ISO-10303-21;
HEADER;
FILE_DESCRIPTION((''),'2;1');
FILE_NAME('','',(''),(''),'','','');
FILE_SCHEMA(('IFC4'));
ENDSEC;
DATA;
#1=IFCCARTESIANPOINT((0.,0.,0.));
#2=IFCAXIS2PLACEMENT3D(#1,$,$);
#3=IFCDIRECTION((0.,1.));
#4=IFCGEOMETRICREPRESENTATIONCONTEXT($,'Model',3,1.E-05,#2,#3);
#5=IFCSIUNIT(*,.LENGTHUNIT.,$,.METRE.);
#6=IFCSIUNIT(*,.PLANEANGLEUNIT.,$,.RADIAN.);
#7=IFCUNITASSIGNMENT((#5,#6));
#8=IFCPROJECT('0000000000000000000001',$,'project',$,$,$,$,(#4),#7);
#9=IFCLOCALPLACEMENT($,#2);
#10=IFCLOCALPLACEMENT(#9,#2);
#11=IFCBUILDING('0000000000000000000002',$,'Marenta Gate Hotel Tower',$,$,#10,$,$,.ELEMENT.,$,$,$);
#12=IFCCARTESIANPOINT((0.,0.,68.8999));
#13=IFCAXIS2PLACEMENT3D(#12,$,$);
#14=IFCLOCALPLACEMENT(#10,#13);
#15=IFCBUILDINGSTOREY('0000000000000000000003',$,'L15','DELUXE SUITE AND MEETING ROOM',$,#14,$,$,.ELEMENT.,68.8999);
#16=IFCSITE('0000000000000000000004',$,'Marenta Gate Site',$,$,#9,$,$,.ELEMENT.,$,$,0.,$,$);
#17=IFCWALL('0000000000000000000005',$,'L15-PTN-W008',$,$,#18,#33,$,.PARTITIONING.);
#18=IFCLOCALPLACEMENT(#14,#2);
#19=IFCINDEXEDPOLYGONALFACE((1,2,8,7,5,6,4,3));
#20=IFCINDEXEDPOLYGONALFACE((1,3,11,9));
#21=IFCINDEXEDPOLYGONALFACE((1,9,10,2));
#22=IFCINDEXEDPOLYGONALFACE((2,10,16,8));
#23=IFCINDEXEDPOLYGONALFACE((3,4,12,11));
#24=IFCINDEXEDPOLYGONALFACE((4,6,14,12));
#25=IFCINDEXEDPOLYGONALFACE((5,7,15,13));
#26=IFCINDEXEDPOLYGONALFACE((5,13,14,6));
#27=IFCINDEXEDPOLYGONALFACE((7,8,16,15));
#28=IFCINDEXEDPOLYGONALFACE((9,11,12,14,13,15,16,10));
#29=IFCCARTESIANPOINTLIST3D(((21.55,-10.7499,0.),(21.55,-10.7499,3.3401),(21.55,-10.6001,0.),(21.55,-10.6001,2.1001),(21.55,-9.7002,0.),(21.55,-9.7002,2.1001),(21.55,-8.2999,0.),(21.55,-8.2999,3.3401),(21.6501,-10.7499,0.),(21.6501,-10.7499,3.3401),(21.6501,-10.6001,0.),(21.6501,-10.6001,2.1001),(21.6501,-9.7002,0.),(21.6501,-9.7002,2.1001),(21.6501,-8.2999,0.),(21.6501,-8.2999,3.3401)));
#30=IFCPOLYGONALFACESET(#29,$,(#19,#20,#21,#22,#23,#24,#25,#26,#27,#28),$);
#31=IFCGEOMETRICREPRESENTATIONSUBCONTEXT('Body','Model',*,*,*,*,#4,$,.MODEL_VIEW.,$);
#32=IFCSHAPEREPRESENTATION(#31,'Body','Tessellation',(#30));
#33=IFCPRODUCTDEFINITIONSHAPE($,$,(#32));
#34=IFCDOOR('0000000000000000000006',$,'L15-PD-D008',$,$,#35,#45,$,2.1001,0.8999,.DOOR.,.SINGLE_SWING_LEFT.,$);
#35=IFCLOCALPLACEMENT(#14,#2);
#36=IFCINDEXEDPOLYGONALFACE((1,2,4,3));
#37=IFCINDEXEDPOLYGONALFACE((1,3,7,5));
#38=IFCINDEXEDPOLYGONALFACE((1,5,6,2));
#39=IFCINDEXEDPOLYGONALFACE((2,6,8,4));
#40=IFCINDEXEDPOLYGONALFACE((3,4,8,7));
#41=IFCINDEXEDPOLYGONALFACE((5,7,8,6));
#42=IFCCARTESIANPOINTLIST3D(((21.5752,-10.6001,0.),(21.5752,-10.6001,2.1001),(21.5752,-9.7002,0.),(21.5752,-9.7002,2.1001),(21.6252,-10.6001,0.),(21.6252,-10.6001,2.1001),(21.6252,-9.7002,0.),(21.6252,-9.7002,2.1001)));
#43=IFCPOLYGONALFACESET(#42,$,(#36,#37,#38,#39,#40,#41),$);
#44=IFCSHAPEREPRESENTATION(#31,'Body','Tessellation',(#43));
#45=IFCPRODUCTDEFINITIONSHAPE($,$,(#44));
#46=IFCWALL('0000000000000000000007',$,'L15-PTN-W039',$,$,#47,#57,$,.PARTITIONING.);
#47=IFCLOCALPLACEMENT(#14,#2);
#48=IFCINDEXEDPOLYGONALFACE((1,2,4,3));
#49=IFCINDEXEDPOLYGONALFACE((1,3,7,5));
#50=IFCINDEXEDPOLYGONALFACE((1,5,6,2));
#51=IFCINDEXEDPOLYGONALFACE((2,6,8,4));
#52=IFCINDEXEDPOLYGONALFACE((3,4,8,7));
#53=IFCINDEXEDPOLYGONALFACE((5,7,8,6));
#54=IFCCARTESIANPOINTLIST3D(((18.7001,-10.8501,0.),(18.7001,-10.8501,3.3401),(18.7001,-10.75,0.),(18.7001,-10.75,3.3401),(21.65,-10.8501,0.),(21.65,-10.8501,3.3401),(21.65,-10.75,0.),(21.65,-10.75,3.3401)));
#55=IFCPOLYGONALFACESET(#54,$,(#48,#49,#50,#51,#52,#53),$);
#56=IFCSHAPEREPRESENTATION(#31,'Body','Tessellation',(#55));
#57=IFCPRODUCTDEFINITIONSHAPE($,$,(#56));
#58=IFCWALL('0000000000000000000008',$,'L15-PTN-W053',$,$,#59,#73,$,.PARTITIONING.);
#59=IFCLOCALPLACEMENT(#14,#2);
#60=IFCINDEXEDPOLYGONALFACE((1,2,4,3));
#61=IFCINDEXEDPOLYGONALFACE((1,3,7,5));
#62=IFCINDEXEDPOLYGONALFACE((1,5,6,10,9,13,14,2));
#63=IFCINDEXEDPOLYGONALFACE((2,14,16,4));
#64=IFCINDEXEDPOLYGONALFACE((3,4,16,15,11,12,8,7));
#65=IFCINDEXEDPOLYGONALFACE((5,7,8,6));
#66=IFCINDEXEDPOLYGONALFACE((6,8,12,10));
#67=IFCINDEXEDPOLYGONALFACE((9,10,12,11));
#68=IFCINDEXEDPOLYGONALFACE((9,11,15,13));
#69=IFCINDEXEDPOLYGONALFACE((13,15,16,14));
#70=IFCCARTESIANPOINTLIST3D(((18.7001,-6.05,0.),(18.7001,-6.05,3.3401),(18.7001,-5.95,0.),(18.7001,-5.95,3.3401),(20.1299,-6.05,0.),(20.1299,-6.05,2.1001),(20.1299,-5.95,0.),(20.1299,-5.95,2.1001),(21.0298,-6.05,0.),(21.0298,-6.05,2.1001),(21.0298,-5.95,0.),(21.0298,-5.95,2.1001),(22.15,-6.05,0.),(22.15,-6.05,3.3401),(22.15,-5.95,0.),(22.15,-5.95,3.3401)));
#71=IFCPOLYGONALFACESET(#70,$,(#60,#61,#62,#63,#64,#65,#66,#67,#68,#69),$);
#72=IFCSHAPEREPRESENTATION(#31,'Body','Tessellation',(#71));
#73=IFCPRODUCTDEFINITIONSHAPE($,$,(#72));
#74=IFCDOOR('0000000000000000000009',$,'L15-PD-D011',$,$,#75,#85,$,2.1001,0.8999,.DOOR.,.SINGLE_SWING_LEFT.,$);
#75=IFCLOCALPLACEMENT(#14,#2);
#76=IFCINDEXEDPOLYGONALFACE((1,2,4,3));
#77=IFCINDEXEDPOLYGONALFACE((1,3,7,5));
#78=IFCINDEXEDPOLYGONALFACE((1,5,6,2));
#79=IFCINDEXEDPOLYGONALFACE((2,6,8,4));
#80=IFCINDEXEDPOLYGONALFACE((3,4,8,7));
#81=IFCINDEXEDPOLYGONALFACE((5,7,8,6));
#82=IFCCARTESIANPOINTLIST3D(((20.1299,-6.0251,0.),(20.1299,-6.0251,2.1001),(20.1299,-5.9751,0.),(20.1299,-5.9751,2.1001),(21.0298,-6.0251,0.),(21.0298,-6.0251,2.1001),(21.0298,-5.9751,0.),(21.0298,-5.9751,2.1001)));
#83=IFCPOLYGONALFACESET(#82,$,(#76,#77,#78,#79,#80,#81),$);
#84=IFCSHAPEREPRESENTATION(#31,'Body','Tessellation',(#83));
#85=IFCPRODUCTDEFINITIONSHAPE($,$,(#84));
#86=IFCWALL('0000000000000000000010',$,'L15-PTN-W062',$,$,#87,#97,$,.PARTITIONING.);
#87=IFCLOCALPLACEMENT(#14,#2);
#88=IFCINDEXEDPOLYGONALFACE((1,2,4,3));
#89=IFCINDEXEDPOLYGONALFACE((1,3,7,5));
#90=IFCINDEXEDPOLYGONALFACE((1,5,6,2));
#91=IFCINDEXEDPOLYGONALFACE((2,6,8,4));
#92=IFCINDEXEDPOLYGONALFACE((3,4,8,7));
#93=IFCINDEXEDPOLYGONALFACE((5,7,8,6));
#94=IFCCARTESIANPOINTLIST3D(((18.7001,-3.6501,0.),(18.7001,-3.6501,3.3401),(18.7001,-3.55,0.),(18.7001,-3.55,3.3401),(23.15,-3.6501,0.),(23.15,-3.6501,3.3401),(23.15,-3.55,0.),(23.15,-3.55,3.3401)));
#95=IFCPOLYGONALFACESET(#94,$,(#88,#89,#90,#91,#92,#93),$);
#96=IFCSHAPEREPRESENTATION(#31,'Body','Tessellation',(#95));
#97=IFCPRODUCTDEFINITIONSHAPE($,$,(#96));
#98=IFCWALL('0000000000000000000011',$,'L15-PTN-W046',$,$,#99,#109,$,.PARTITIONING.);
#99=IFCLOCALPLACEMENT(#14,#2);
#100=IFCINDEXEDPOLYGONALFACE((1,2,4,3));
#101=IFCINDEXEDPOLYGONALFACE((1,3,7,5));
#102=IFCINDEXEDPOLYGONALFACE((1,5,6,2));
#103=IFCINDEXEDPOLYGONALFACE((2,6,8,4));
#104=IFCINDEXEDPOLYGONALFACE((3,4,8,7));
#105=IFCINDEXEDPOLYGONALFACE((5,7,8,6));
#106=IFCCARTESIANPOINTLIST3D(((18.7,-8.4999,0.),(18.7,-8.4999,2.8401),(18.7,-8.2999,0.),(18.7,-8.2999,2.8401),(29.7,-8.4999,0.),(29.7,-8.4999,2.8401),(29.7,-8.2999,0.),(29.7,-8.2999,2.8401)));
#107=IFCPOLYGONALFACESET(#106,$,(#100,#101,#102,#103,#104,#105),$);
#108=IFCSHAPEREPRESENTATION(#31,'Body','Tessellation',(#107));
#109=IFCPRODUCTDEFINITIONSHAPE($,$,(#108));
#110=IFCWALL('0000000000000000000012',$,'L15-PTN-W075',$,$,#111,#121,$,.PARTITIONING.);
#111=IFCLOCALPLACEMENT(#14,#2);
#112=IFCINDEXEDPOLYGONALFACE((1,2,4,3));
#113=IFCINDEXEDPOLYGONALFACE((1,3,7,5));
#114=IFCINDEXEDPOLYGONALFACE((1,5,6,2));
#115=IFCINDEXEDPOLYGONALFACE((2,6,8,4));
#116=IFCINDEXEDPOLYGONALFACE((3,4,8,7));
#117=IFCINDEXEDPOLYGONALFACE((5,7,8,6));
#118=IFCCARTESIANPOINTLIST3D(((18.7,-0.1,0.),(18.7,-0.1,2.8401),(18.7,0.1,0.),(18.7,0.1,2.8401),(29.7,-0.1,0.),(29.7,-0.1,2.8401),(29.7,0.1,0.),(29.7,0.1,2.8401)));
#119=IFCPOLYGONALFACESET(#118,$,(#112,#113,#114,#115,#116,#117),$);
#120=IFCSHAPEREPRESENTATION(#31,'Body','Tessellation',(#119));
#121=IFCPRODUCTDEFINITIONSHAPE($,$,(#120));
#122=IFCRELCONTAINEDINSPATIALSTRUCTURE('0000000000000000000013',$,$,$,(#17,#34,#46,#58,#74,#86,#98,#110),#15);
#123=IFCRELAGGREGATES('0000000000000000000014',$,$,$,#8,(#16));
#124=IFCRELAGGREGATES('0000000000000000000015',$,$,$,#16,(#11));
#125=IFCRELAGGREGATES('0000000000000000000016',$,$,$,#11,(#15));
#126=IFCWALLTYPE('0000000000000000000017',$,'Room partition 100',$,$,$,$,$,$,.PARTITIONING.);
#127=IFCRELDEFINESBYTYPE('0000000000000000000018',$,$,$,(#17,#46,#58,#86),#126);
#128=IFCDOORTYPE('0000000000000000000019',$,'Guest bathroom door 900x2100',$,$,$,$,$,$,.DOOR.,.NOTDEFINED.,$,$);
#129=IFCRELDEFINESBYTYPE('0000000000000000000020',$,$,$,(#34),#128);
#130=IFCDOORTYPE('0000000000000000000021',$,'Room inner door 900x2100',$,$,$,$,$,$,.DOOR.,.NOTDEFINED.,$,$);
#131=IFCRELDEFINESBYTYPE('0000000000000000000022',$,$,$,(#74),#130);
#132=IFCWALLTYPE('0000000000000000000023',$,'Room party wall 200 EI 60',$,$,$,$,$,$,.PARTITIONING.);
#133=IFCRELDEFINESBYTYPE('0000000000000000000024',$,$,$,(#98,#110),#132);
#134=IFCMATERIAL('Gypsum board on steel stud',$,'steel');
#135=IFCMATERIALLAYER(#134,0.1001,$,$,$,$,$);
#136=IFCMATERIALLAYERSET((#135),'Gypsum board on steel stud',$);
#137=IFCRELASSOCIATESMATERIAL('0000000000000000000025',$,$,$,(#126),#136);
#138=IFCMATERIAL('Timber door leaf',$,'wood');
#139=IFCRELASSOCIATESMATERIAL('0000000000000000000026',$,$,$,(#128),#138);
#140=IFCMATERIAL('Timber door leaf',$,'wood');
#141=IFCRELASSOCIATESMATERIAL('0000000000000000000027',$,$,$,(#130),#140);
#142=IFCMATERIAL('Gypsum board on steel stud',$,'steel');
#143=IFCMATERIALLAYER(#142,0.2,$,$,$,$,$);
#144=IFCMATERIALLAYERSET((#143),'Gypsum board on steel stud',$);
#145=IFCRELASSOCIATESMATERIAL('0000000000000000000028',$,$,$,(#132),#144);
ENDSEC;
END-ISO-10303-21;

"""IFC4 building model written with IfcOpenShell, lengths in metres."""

from ifc_helpers import new_model, si_unit, direction, frame, frame_2d, origin, place, context, subcontext, project, spatial, rectangle, extrude, material, layer, layer_set, type_object, element, fill, save


model = new_model("IFC4")

# Units and contexts
model_context = context("Model", 3, precision=1e-05, world=origin(), true_north=direction((0.0, 1.0)))
body_context = subcontext(model_context, "Body", "Model", "MODEL_VIEW")
ifc_project = project(units=[si_unit("LENGTHUNIT", "METRE"), si_unit("PLANEANGLEUNIT", "RADIAN")], contexts=[model_context])

# Site, building, storey
site_placement = place(None, origin())
site = spatial("IfcSite", under=ifc_project, at=site_placement, Name="Marenta Gate Site", CompositionType="ELEMENT", RefElevation=0.0)
building_placement = place(site_placement, origin())
building = spatial("IfcBuilding", under=site, at=building_placement, Name="Marenta Gate Hotel Tower", CompositionType="ELEMENT")
storey_placement = place(building_placement, frame((0.0, 0.0, 68.8999)))
storey = spatial("IfcBuildingStorey", under=building, at=storey_placement, Name="L15", Description="DELUXE SUITE AND MEETING ROOM", CompositionType="ELEMENT", Elevation=68.8999)

# Shared definitions
ifc_material_1 = material(Name="Gypsum board on steel stud", Category="steel")
ifc_layer_1 = layer(ifc_material_1, 0.1001)
ifc_layer_set_1 = layer_set([ifc_layer_1], Name="Gypsum board on steel stud")
wall_type_1 = type_object("IfcWallType", Name="Room partition 100", PredefinedType="PARTITIONING", material=ifc_layer_set_1)
ifc_material_2 = material(Name="Timber door leaf", Category="wood")
door_type_1 = type_object("IfcDoorType", Name="Guest bathroom door 900x2100", OperationType="NOTDEFINED", PredefinedType="DOOR", material=ifc_material_2)

# Wall, opening, door
wall_1_placement = place(storey_placement, frame((21.6001, -10.75, 0.0), z_axis=(0.0, 0.0, 1.0), x_axis=(0.0, 1.0, 0.0)))
wall_1 = element("IfcWall", 1, at=wall_1_placement, inside=storey, type_object=wall_type_1, Name="L15-PTN-W008", PredefinedType="PARTITIONING", context=body_context, shape_type="SweptSolid", body=[
    extrude(rectangle(XDim=2.45, YDim=0.1001, at=frame_2d((1.2251, 0.0))), origin(), (0.0, 0.0, 1.0), 3.3401),
])
opening_1_placement = place(wall_1_placement, frame((0.1499, 0.0, 0.0)))
opening_1 = element("IfcOpeningElement", 2, at=opening_1_placement, cuts=wall_1, PredefinedType="OPENING", context=body_context, shape_type="SweptSolid", body=[
    extrude(rectangle(XDim=0.8999, YDim=2.1001, at=frame_2d((0.45, 1.05))), frame((0.0, 0.05, 0.0), z_axis=(0.0, -1.0, 0.0), x_axis=(1.0, 0.0, 0.0)), (0.0, 0.0, 1.0), 0.1001),
])
door_1_placement = place(opening_1_placement, origin())
door_1 = element("IfcDoor", 3, at=door_1_placement, inside=storey, type_object=door_type_1, Name="L15-PD-D008", OperationType="SINGLE_SWING_LEFT", OverallHeight=2.1001, OverallWidth=0.8999, PredefinedType="DOOR", context=body_context, shape_type="SweptSolid", body=[
    extrude(rectangle(XDim=0.8999, YDim=2.1001, at=frame_2d((0.45, 1.05))), frame((0.0, 0.0249, 0.0), z_axis=(0.0, -1.0, 0.0), x_axis=(1.0, 0.0, 0.0)), (0.0, 0.0, 1.0), 0.05),
])
fill(opening_1, door_1)

# Wall
wall_2_placement = place(storey_placement, frame((18.7, -10.8, 0.0), z_axis=(0.0, 0.0, 1.0), x_axis=(1.0, 0.0, 0.0)))
element("IfcWall", 4, at=wall_2_placement, inside=storey, type_object=wall_type_1, Name="L15-PTN-W039", PredefinedType="PARTITIONING", context=body_context, shape_type="SweptSolid", body=[
    extrude(rectangle(XDim=2.95, YDim=0.1001, at=frame_2d((1.4751, 0.0))), origin(), (0.0, 0.0, 1.0), 3.3401),
])

# Wall, opening, door
wall_3_placement = place(storey_placement, frame((18.7, -6.0, 0.0), z_axis=(0.0, 0.0, 1.0), x_axis=(1.0, 0.0, 0.0)))
wall_3 = element("IfcWall", 5, at=wall_3_placement, inside=storey, type_object=wall_type_1, Name="L15-PTN-W053", PredefinedType="PARTITIONING", context=body_context, shape_type="SweptSolid", body=[
    extrude(rectangle(XDim=3.45, YDim=0.1001, at=frame_2d((1.7251, 0.0))), origin(), (0.0, 0.0, 1.0), 3.3401),
])
opening_2_placement = place(wall_3_placement, frame((1.4299, 0.0, 0.0)))
opening_2 = element("IfcOpeningElement", 6, at=opening_2_placement, cuts=wall_3, PredefinedType="OPENING", context=body_context, shape_type="SweptSolid", body=[
    extrude(rectangle(XDim=0.8999, YDim=2.1001, at=frame_2d((0.45, 1.05))), frame((0.0, 0.05, 0.0), z_axis=(0.0, -1.0, 0.0), x_axis=(1.0, 0.0, 0.0)), (0.0, 0.0, 1.0), 0.1001),
])
ifc_material_3 = material(Name="Timber door leaf", Category="wood")
door_type_2 = type_object("IfcDoorType", Name="Room inner door 900x2100", OperationType="NOTDEFINED", PredefinedType="DOOR", material=ifc_material_3)
door_2_placement = place(opening_2_placement, origin())
door_2 = element("IfcDoor", 7, at=door_2_placement, inside=storey, type_object=door_type_2, Name="L15-PD-D011", OperationType="SINGLE_SWING_LEFT", OverallHeight=2.1001, OverallWidth=0.8999, PredefinedType="DOOR", context=body_context, shape_type="SweptSolid", body=[
    extrude(rectangle(XDim=0.8999, YDim=2.1001, at=frame_2d((0.45, 1.05))), frame((0.0, 0.0249, 0.0), z_axis=(0.0, -1.0, 0.0), x_axis=(1.0, 0.0, 0.0)), (0.0, 0.0, 1.0), 0.05),
])
fill(opening_2, door_2)

# Walls
wall_4_placement = place(storey_placement, frame((18.7, -3.6001, 0.0), z_axis=(0.0, 0.0, 1.0), x_axis=(1.0, 0.0, 0.0)))
element("IfcWall", 8, at=wall_4_placement, inside=storey, type_object=wall_type_1, Name="L15-PTN-W062", PredefinedType="PARTITIONING", context=body_context, shape_type="SweptSolid", body=[
    extrude(rectangle(XDim=4.45, YDim=0.1001, at=frame_2d((2.2251, 0.0))), origin(), (0.0, 0.0, 1.0), 3.3401),
])
ifc_material_4 = material(Name="Gypsum board on steel stud", Category="steel")
ifc_layer_2 = layer(ifc_material_4, 0.2)
ifc_layer_set_2 = layer_set([ifc_layer_2], Name="Gypsum board on steel stud")
wall_type_2 = type_object("IfcWallType", Name="Room party wall 200 EI 60", PredefinedType="PARTITIONING", material=ifc_layer_set_2)
for number, where, z_axis, x_axis, name in (
    (9, (18.7, -8.3999, 0.0), (0.0, 0.0, 1.0), (1.0, 0.0, 0.0), "L15-PTN-W046"),
    (10, (18.7, 0.0, 0.0), (0.0, 0.0, 1.0), (1.0, 0.0, 0.0), "L15-PTN-W075"),
):
    element("IfcWall", number, at=place(storey_placement, frame(where, z_axis=z_axis, x_axis=x_axis)), inside=storey, type_object=wall_type_2, Name=name, PredefinedType="PARTITIONING", context=body_context, shape_type="SweptSolid", body=[
        extrude(rectangle(XDim=11.0, YDim=0.2, at=frame_2d((5.5, 0.0))), origin(), (0.0, 0.0, 1.0), 2.8401),
    ])

save(model, "model.ifc")
